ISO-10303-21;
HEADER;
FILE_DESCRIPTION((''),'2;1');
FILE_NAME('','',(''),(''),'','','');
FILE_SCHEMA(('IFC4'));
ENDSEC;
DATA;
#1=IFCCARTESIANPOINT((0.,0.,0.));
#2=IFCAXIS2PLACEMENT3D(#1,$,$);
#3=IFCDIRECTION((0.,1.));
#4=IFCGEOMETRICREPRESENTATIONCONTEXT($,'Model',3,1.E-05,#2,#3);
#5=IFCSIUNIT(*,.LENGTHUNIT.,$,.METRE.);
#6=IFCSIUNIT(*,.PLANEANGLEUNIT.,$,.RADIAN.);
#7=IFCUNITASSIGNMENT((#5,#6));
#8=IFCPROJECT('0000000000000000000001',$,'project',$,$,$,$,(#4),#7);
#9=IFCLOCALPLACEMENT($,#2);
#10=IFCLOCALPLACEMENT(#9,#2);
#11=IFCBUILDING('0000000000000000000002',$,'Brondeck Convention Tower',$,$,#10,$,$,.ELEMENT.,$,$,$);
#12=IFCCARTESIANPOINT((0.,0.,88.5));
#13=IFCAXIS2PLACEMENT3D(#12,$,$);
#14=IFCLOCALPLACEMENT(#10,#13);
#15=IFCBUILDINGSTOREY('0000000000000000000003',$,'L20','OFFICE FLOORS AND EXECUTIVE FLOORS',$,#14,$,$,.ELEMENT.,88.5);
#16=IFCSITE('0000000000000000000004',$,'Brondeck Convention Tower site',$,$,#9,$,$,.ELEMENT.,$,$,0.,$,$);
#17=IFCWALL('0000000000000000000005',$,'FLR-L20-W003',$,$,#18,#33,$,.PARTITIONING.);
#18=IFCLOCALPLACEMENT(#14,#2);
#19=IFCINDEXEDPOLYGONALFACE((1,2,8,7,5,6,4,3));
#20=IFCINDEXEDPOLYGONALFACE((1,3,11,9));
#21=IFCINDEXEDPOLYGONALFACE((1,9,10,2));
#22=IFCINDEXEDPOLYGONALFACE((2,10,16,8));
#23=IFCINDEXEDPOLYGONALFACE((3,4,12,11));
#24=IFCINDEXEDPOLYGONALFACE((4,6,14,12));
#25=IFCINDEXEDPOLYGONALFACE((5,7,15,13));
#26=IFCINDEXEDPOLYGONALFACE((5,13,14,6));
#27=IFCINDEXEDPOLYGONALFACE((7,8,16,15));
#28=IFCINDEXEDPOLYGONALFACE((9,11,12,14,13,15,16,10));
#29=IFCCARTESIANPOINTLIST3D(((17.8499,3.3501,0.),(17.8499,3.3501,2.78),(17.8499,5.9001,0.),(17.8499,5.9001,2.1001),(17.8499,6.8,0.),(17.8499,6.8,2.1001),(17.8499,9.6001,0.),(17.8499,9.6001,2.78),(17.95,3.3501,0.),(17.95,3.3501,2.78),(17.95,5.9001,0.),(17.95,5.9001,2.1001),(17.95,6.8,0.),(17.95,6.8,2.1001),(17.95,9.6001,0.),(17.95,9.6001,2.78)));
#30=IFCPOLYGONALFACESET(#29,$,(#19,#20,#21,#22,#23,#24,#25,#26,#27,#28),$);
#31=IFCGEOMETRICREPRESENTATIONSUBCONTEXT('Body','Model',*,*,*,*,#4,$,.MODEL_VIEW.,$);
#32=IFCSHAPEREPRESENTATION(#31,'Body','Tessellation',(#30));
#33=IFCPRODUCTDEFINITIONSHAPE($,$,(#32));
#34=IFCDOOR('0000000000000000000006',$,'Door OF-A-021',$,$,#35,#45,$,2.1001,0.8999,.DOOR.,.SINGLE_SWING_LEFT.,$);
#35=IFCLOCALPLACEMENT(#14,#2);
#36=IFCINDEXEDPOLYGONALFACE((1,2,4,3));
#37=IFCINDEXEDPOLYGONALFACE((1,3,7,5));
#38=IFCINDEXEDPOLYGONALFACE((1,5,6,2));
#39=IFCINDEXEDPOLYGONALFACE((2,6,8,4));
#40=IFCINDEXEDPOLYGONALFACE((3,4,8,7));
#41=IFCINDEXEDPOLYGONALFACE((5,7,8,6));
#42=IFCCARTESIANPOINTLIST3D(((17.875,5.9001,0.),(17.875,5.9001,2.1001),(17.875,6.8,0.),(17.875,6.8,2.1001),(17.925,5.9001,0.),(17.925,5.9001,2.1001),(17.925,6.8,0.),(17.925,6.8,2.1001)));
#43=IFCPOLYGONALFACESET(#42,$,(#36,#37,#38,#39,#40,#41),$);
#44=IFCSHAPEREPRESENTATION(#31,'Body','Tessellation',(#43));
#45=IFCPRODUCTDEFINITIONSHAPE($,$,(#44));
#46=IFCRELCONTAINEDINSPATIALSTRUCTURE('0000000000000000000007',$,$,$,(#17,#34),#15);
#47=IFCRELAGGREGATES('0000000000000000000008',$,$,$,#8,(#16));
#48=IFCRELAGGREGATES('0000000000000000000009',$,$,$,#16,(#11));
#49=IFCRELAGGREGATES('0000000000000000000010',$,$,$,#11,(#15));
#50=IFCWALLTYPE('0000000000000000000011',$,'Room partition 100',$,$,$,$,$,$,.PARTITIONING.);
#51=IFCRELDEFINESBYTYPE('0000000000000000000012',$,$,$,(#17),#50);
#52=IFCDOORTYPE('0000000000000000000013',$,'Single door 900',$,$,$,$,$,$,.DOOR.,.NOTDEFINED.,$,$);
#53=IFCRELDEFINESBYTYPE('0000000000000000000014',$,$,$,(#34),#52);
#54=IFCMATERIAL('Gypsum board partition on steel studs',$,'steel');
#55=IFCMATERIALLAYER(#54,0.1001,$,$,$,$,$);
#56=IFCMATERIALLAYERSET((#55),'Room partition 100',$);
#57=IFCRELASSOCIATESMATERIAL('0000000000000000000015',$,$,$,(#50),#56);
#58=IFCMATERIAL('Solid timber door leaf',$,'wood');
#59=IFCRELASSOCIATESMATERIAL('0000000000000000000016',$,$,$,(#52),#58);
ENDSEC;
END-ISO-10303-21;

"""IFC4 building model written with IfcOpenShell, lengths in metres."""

from ifc_helpers import new_model, si_unit, direction, frame, frame_2d, origin, place, context, subcontext, project, spatial, rectangle, extrude, material, layer, layer_set, type_object, element, fill, save


model = new_model("IFC4")

# Units and contexts
model_context = context("Model", 3, precision=1e-05, world=origin(), true_north=direction((0.0, 1.0)))
body_context = subcontext(model_context, "Body", "Model", "MODEL_VIEW")
ifc_project = project(units=[si_unit("LENGTHUNIT", "METRE"), si_unit("PLANEANGLEUNIT", "RADIAN")], contexts=[model_context])

# Site, building, storey
site_placement = place(None, origin())
site = spatial("IfcSite", under=ifc_project, at=site_placement, Name="Brondeck Convention Tower site", CompositionType="ELEMENT", RefElevation=0.0)
building_placement = place(site_placement, origin())
building = spatial("IfcBuilding", under=site, at=building_placement, Name="Brondeck Convention Tower", CompositionType="ELEMENT")
storey_placement = place(building_placement, frame((0.0, 0.0, 88.5)))
storey = spatial("IfcBuildingStorey", under=building, at=storey_placement, Name="L20", Description="OFFICE FLOORS AND EXECUTIVE FLOORS", CompositionType="ELEMENT", Elevation=88.5)

# Shared definitions
ifc_material_1 = material(Name="Gypsum board partition on steel studs", Category="steel")
ifc_layer_1 = layer(ifc_material_1, 0.1001)
ifc_layer_set_1 = layer_set([ifc_layer_1], Name="Room partition 100")
wall_type_1 = type_object("IfcWallType", Name="Room partition 100", PredefinedType="PARTITIONING", material=ifc_layer_set_1)

# Wall, opening, door
wall_1_placement = place(storey_placement, frame((17.8999, 3.3501, 0.0), z_axis=(0.0, 0.0, 1.0), x_axis=(0.0, 1.0, 0.0)))
wall_1 = element("IfcWall", 1, at=wall_1_placement, inside=storey, type_object=wall_type_1, Name="FLR-L20-W003", PredefinedType="PARTITIONING", context=body_context, shape_type="SweptSolid", body=[
    extrude(rectangle(XDim=6.25, YDim=0.1001, at=frame_2d((3.125, 0.0))), origin(), (0.0, 0.0, 1.0), 2.78),
])
opening_placement = place(wall_1_placement, frame((2.55, 0.0, 0.0)))
opening = element("IfcOpeningElement", 2, at=opening_placement, cuts=wall_1, PredefinedType="OPENING", context=body_context, shape_type="SweptSolid", body=[
    extrude(rectangle(XDim=0.8999, YDim=2.1001, at=frame_2d((0.45, 1.05))), frame((0.0, 0.0601, 0.0), z_axis=(0.0, -1.0, 0.0), x_axis=(1.0, 0.0, 0.0)), (0.0, 0.0, 1.0), 0.1201),
])
ifc_material_2 = material(Name="Solid timber door leaf", Category="wood")
door_type = type_object("IfcDoorType", Name="Single door 900", OperationType="NOTDEFINED", PredefinedType="DOOR", material=ifc_material_2)
door_placement = place(opening_placement, origin())
door = element("IfcDoor", 3, at=door_placement, inside=storey, type_object=door_type, Name="Door OF-A-021", OperationType="SINGLE_SWING_LEFT", OverallHeight=2.1001, OverallWidth=0.8999, PredefinedType="DOOR", context=body_context, shape_type="SweptSolid", body=[
    extrude(rectangle(XDim=0.8999, YDim=2.1001, at=frame_2d((0.45, 1.05))), frame((0.0, 0.0249, 0.0), z_axis=(0.0, -1.0, 0.0), x_axis=(1.0, 0.0, 0.0)), (0.0, 0.0, 1.0), 0.05),
])
fill(opening, door)

save(model, "model.ifc")
